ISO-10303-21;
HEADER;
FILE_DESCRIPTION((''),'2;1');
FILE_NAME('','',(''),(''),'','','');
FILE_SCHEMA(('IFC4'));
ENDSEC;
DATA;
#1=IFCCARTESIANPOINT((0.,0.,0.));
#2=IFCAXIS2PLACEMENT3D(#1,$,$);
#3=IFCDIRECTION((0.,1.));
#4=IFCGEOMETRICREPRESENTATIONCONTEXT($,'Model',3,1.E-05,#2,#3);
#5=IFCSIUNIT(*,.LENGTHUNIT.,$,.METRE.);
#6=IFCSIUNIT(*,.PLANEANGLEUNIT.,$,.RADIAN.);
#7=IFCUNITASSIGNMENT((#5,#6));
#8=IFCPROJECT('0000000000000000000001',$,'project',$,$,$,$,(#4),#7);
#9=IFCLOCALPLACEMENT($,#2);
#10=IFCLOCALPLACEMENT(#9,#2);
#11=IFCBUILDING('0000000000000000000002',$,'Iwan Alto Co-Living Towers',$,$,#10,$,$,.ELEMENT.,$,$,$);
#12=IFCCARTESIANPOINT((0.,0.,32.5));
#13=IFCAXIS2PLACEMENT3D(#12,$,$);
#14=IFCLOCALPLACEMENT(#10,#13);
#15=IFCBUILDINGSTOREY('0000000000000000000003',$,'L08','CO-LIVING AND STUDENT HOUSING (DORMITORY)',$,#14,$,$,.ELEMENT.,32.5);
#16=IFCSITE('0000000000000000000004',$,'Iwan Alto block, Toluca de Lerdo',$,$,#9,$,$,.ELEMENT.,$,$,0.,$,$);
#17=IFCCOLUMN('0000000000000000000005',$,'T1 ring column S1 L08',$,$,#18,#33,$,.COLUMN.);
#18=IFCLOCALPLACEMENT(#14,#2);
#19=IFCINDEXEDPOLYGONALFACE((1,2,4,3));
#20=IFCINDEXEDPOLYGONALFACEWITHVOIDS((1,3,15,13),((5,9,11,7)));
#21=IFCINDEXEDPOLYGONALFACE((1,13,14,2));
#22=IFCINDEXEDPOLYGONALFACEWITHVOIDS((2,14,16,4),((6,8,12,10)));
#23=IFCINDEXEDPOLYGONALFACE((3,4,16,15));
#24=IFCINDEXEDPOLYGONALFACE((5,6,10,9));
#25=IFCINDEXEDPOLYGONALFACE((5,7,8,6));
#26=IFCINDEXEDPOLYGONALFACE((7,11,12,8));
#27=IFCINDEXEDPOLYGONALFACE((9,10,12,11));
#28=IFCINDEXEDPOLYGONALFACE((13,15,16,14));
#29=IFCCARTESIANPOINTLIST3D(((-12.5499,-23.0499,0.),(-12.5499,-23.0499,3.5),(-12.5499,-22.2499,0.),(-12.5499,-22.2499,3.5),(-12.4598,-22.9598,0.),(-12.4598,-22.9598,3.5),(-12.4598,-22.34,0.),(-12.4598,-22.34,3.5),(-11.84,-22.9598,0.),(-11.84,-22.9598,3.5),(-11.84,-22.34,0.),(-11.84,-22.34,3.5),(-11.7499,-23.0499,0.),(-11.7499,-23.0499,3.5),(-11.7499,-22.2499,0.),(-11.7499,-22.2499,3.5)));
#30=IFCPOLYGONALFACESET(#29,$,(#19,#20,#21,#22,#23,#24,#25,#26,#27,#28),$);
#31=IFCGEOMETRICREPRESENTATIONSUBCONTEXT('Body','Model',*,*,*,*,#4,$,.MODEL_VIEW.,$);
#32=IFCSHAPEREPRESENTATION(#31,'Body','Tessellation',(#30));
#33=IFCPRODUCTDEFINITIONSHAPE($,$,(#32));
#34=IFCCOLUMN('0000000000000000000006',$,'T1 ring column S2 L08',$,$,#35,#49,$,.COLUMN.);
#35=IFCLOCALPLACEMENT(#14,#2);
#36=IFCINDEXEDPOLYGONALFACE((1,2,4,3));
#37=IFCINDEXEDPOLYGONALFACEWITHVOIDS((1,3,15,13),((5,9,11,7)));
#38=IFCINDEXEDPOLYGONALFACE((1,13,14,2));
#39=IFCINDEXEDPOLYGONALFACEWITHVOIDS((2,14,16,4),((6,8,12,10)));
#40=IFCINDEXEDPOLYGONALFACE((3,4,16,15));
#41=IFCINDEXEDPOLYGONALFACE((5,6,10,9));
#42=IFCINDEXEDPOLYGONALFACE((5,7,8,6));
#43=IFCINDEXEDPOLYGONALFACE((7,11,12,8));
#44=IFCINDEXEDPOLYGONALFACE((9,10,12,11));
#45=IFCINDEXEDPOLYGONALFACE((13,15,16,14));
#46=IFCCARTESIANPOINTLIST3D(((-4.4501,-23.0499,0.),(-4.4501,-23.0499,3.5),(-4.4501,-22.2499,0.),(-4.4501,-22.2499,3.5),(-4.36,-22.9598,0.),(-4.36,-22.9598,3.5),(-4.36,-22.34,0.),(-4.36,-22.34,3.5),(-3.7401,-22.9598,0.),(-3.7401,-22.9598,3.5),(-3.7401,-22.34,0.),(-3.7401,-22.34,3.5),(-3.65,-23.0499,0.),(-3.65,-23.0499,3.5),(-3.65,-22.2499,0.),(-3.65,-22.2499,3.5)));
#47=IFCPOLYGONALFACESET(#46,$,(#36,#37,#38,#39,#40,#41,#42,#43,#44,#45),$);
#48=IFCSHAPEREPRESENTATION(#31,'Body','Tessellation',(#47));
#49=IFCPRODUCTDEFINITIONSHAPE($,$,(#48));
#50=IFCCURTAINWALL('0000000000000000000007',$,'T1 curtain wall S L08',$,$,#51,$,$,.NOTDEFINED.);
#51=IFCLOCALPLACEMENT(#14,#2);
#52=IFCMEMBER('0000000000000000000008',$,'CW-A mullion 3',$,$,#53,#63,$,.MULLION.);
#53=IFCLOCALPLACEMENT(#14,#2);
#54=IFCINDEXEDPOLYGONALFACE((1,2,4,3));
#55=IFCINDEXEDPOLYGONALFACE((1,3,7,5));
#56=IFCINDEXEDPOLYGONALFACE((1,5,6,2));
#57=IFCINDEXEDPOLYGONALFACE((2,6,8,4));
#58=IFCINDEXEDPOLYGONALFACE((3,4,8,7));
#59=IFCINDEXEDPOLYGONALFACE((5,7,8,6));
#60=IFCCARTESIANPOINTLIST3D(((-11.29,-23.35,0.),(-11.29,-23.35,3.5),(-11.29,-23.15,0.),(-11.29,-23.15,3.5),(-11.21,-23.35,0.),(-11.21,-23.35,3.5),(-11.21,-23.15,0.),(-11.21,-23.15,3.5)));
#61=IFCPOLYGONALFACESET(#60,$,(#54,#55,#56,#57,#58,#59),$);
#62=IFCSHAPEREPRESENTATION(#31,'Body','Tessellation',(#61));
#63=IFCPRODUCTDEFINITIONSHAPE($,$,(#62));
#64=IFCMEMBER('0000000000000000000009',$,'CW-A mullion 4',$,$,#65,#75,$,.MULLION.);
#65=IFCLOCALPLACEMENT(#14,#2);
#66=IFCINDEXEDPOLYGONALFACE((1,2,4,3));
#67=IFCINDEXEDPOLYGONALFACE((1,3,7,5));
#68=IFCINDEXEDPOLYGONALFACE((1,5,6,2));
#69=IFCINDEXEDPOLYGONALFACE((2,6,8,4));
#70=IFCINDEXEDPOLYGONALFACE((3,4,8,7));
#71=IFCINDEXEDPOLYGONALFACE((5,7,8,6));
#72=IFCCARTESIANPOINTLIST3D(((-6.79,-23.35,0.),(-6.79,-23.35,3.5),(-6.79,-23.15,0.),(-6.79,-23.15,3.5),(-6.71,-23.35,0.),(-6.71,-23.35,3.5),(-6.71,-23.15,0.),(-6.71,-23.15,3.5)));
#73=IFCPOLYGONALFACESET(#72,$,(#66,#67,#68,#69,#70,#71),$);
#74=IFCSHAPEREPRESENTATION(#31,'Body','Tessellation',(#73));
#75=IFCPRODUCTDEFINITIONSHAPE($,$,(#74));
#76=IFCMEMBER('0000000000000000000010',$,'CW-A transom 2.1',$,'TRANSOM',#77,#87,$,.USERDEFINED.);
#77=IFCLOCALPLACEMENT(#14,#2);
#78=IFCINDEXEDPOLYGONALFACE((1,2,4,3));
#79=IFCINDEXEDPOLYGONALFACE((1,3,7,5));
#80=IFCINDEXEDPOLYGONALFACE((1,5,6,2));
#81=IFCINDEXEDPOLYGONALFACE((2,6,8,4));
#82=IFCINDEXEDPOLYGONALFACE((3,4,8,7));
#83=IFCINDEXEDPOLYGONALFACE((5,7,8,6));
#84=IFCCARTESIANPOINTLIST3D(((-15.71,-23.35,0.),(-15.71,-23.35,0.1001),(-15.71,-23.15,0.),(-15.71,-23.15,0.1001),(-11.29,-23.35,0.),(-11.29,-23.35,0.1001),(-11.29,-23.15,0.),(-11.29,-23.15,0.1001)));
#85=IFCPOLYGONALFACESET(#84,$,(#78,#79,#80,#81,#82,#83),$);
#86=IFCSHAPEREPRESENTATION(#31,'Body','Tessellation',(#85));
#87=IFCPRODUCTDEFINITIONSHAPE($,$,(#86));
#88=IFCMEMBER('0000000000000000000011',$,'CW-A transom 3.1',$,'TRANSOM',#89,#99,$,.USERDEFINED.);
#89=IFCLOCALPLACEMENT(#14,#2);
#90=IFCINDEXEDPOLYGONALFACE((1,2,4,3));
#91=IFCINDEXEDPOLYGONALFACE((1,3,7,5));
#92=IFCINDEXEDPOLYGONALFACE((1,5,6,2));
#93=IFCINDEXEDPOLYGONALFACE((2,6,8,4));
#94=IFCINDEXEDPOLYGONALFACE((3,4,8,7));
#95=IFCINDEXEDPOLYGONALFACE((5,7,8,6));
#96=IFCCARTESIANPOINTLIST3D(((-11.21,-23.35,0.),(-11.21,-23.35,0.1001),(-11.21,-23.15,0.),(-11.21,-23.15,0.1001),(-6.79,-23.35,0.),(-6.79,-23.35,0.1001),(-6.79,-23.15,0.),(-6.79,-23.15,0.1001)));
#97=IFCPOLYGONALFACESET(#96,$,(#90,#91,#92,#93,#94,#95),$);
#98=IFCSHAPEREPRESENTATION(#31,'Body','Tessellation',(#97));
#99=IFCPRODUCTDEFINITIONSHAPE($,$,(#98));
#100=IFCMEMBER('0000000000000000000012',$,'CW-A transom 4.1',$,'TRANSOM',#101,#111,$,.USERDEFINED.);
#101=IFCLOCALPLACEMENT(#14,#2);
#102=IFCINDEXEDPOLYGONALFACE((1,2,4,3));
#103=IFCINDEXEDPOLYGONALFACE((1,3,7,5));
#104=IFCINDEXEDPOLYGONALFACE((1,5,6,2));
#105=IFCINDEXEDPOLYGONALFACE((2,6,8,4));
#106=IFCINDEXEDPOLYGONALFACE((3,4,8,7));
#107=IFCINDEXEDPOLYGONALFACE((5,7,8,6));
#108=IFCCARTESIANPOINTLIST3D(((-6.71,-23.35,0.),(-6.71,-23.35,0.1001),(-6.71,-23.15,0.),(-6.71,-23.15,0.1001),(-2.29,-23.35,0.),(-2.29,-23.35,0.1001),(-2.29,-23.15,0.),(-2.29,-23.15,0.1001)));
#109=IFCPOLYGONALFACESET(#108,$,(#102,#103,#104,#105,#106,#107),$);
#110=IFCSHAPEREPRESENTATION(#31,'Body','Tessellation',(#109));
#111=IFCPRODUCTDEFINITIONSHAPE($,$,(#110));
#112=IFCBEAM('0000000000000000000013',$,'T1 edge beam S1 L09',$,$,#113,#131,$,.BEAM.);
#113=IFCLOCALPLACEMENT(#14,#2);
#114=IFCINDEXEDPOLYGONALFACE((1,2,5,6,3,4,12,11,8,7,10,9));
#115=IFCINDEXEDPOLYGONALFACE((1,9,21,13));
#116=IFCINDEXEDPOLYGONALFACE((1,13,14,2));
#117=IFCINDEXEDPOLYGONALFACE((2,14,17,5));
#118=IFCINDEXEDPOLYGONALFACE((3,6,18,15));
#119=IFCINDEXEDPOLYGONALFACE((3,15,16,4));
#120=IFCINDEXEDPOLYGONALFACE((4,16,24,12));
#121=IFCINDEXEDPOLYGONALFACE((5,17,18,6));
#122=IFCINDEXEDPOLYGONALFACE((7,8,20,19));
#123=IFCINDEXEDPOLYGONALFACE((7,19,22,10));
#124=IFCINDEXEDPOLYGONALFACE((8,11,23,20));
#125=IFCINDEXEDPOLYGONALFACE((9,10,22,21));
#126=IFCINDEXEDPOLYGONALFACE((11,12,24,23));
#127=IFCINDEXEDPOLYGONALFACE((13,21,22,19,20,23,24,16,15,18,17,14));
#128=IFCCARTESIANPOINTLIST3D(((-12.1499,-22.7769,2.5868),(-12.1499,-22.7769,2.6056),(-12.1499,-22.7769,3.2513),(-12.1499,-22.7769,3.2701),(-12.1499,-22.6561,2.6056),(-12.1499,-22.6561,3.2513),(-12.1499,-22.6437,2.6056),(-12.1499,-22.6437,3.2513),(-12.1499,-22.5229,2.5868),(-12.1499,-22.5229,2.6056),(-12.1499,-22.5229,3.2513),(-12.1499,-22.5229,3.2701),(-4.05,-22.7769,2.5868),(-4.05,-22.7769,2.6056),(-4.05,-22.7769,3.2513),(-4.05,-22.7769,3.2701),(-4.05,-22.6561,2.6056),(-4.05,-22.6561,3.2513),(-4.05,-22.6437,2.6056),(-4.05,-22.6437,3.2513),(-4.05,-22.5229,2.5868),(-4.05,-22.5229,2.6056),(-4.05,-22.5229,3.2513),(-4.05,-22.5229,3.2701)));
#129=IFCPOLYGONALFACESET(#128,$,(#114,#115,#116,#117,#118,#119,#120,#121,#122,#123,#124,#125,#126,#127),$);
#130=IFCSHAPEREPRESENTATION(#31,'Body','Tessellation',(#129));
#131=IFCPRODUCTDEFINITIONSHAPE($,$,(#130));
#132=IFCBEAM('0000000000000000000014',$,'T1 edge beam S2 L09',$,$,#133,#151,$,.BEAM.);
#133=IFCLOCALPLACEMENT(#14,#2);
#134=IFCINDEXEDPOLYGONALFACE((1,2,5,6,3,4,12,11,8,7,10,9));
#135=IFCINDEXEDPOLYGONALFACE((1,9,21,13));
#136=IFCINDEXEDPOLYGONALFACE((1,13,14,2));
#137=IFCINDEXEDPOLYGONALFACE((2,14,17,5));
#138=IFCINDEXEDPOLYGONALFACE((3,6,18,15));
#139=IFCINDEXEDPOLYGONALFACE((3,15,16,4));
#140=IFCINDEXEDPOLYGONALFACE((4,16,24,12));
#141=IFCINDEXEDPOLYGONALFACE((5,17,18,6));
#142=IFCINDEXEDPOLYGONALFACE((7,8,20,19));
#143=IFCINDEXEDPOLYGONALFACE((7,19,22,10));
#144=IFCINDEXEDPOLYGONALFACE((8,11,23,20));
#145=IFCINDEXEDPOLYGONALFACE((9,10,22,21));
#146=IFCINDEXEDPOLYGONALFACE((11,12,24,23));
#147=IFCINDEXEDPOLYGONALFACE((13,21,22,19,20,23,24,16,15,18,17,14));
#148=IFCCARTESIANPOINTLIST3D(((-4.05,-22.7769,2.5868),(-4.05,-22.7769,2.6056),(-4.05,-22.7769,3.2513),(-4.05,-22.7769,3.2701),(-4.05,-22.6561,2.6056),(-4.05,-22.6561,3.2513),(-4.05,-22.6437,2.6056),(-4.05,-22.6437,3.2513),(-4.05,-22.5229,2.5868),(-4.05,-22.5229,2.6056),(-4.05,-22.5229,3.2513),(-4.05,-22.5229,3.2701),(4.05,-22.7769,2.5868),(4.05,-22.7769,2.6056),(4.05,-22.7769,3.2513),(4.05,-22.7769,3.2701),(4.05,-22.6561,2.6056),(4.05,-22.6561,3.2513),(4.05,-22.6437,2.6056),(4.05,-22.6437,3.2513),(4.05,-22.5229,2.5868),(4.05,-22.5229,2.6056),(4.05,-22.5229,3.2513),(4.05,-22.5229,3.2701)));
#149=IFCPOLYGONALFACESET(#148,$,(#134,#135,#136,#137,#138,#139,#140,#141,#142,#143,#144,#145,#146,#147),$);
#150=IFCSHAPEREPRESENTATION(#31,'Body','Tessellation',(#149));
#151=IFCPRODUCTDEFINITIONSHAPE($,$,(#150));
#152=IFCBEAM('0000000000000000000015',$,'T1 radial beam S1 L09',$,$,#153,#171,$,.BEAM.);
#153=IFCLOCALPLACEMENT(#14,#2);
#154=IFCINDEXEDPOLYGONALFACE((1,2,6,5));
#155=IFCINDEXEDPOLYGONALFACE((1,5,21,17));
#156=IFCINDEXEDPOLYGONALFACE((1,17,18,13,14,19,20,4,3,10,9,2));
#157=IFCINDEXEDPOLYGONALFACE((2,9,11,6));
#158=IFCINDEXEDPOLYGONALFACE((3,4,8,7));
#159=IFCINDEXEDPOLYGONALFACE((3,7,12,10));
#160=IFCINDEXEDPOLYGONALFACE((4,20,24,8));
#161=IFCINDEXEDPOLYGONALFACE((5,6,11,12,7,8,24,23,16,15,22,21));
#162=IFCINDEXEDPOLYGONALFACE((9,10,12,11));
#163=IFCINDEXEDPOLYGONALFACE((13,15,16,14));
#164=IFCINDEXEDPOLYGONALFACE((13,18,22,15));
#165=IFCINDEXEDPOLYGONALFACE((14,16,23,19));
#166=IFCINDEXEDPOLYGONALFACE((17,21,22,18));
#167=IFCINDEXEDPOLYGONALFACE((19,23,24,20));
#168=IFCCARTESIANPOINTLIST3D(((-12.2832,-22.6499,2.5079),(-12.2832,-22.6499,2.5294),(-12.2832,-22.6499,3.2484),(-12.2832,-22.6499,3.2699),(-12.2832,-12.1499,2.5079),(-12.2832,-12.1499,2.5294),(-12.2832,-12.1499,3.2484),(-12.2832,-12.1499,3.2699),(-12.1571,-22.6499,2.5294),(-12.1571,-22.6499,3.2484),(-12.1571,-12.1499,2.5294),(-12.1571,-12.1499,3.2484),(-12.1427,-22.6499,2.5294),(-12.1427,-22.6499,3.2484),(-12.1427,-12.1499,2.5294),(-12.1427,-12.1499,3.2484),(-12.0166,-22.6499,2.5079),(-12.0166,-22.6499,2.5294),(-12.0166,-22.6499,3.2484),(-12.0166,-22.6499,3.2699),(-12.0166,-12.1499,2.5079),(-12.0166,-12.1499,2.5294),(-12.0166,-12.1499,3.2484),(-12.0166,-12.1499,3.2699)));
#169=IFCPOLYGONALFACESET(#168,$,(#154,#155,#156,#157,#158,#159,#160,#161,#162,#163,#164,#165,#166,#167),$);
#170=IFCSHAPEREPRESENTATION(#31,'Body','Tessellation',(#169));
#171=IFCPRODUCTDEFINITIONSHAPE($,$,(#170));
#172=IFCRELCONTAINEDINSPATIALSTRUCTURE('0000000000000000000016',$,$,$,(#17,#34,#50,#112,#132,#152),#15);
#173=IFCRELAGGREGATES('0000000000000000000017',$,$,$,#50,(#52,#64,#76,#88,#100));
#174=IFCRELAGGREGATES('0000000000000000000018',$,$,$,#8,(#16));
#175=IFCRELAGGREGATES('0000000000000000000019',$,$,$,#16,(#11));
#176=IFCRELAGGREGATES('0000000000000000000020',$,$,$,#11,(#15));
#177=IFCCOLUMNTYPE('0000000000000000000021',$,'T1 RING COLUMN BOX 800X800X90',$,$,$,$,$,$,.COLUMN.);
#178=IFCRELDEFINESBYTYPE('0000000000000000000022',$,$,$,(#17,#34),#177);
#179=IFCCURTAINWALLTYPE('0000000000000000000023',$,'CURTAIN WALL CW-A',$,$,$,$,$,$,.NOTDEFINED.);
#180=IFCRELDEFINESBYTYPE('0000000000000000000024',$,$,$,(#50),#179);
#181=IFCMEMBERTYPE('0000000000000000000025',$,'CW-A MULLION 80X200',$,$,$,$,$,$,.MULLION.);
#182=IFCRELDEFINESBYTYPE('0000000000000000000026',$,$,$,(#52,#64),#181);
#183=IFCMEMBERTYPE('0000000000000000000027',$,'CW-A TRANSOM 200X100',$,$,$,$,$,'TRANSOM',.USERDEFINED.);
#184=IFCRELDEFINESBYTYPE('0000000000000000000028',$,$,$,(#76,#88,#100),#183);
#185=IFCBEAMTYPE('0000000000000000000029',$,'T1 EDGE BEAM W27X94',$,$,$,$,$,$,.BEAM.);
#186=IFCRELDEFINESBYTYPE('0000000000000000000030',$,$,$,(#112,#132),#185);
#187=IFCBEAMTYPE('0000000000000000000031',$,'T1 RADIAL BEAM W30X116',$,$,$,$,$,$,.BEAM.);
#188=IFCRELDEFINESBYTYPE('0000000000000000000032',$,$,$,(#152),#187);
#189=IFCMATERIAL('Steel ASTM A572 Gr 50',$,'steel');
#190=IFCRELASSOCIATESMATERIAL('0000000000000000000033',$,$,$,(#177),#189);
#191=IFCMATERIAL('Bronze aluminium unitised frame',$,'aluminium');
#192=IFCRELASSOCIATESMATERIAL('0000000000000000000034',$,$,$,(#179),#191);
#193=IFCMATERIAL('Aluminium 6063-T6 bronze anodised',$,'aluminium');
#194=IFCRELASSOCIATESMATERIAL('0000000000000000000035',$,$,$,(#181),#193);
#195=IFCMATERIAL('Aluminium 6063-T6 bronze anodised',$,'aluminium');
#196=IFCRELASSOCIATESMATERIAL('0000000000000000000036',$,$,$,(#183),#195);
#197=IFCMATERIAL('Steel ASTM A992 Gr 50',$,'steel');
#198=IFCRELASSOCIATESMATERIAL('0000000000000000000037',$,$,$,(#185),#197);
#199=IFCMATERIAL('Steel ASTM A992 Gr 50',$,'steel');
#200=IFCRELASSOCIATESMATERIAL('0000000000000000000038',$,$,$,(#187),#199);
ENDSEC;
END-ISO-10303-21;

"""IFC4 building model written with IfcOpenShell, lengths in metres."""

from ifc_helpers import new_model, si_unit, direction, frame, origin, origin_2d, place, context, subcontext, project, spatial, rectangle, hollow_rectangle, i_section, extrude, material, material_profile, profile_set, type_object, element, aggregate, save


model = new_model("IFC4")

# Units and contexts
model_context = context("Model", 3, precision=1e-05, world=origin(), true_north=direction((0.0, 1.0)))
body_context = subcontext(model_context, "Body", "Model", "MODEL_VIEW")
ifc_project = project(units=[si_unit("LENGTHUNIT", "METRE"), si_unit("PLANEANGLEUNIT", "RADIAN")], contexts=[model_context])

# Site, building, storey
site_placement = place(None, origin())
site = spatial("IfcSite", under=ifc_project, at=site_placement, Name="Iwan Alto block, Toluca de Lerdo", CompositionType="ELEMENT", RefElevation=0.0)
building_placement = place(site_placement, origin())
building = spatial("IfcBuilding", under=site, at=building_placement, Name="Iwan Alto Co-Living Towers", CompositionType="ELEMENT")
storey_placement = place(building_placement, frame((0.0, 0.0, 32.5)))
storey = spatial("IfcBuildingStorey", under=building, at=storey_placement, Name="L08", Description="CO-LIVING AND STUDENT HOUSING (DORMITORY)", CompositionType="ELEMENT", Elevation=32.5)

# Columns
ifc_material_1 = material(Name="Steel ASTM A572 Gr 50", Category="steel")
ifc_material_profile_1 = material_profile(ifc_material_1, hollow_rectangle(XDim=0.8, YDim=0.8, WallThickness=0.0901, at=origin_2d()), Name="BOX 800X800X90")
ifc_profile_set_1 = profile_set([ifc_material_profile_1], Name="Steel ASTM A572 Gr 50")
column_type = type_object("IfcColumnType", Name="T1 RING COLUMN BOX 800X800X90", PredefinedType="COLUMN", material=ifc_profile_set_1)
for number, where, z_axis, x_axis, name in (
    (1, (-12.1499, -22.6499, 0.0), (0.0, 0.0, 1.0), (1.0, 0.0, 0.0), "T1 ring column S1 L08"),
    (2, (-4.05, -22.6499, 0.0), (0.0, 0.0, 1.0), (1.0, 0.0, 0.0), "T1 ring column S2 L08"),
):
    element("IfcColumn", number, at=place(storey_placement, frame(where, z_axis=z_axis, x_axis=x_axis)), inside=storey, type_object=column_type, Name=name, PredefinedType="COLUMN", context=body_context, shape_type="SweptSolid", body=[
        extrude(hollow_rectangle(XDim=0.8, YDim=0.8, WallThickness=0.0901, at=origin_2d()), origin(), (0.0, 0.0, 1.0), 3.5),
    ])

# Curtain wall, members
ifc_material_2 = material(Name="Bronze aluminium unitised frame", Category="aluminium")
curtain_wall_type = type_object("IfcCurtainWallType", Name="CURTAIN WALL CW-A", PredefinedType="NOTDEFINED", material=ifc_material_2)
curtain_wall_placement = place(storey_placement, origin())
curtain_wall = element("IfcCurtainWall", 3, at=curtain_wall_placement, inside=storey, type_object=curtain_wall_type, Name="T1 curtain wall S L08", PredefinedType="NOTDEFINED")
ifc_material_3 = material(Name="Aluminium 6063-T6 bronze anodised", Category="aluminium")
ifc_material_profile_2 = material_profile(ifc_material_3, rectangle(XDim=0.2, YDim=0.0801, at=origin_2d()), Name="AL 80X200")
ifc_profile_set_2 = profile_set([ifc_material_profile_2], Name="Aluminium 6063-T6 bronze anodised")
member_type_1 = type_object("IfcMemberType", Name="CW-A MULLION 80X200", PredefinedType="MULLION", material=ifc_profile_set_2)
member_1_placement = place(storey_placement, frame((-11.25, -23.25, 0.0), z_axis=(0.0, 0.0, 1.0), x_axis=(0.0, 1.0, 0.0)))
member_1 = element("IfcMember", 4, at=member_1_placement, type_object=member_type_1, Name="CW-A mullion 3", PredefinedType="MULLION", context=body_context, shape_type="SweptSolid", body=[
    extrude(rectangle(XDim=0.2, YDim=0.0801, at=origin_2d()), origin(), (0.0, 0.0, 1.0), 3.5),
])
member_2_placement = place(storey_placement, frame((-6.75, -23.25, 0.0), z_axis=(0.0, 0.0, 1.0), x_axis=(0.0, 1.0, 0.0)))
member_2 = element("IfcMember", 5, at=member_2_placement, type_object=member_type_1, Name="CW-A mullion 4", PredefinedType="MULLION", context=body_context, shape_type="SweptSolid", body=[
    extrude(rectangle(XDim=0.2, YDim=0.0801, at=origin_2d()), origin(), (0.0, 0.0, 1.0), 3.5),
])
ifc_material_4 = material(Name="Aluminium 6063-T6 bronze anodised", Category="aluminium")
ifc_material_profile_3 = material_profile(ifc_material_4, rectangle(XDim=0.2, YDim=0.1001, at=origin_2d()), Name="AL 200X100")
ifc_profile_set_3 = profile_set([ifc_material_profile_3], Name="Aluminium 6063-T6 bronze anodised")
member_type_2 = type_object("IfcMemberType", Name="CW-A TRANSOM 200X100", ElementType="TRANSOM", PredefinedType="USERDEFINED", material=ifc_profile_set_3)
member_3_placement = place(storey_placement, frame((-15.71, -23.25, 0.05), z_axis=(1.0, 0.0, 0.0), x_axis=(0.0, 1.0, 0.0)))
member_3 = element("IfcMember", 6, at=member_3_placement, type_object=member_type_2, Name="CW-A transom 2.1", ObjectType="TRANSOM", PredefinedType="USERDEFINED", context=body_context, shape_type="SweptSolid", body=[
    extrude(rectangle(XDim=0.2, YDim=0.1001, at=origin_2d()), origin(), (0.0, 0.0, 1.0), 4.4199),
])
member_4_placement = place(storey_placement, frame((-11.21, -23.25, 0.05), z_axis=(1.0, 0.0, 0.0), x_axis=(0.0, 1.0, 0.0)))
member_4 = element("IfcMember", 7, at=member_4_placement, type_object=member_type_2, Name="CW-A transom 3.1", ObjectType="TRANSOM", PredefinedType="USERDEFINED", context=body_context, shape_type="SweptSolid", body=[
    extrude(rectangle(XDim=0.2, YDim=0.1001, at=origin_2d()), origin(), (0.0, 0.0, 1.0), 4.4199),
])
member_5_placement = place(storey_placement, frame((-6.71, -23.25, 0.05), z_axis=(1.0, 0.0, 0.0), x_axis=(0.0, 1.0, 0.0)))
member_5 = element("IfcMember", 8, at=member_5_placement, type_object=member_type_2, Name="CW-A transom 4.1", ObjectType="TRANSOM", PredefinedType="USERDEFINED", context=body_context, shape_type="SweptSolid", body=[
    extrude(rectangle(XDim=0.2, YDim=0.1001, at=origin_2d()), origin(), (0.0, 0.0, 1.0), 4.4199),
])

# Beams
ifc_material_5 = material(Name="Steel ASTM A992 Gr 50", Category="steel")
ifc_material_profile_4 = material_profile(ifc_material_5, i_section(OverallWidth=0.2539, OverallDepth=0.6833, WebThickness=0.0125, FlangeThickness=0.0188, at=origin_2d()), Name="W27X94")
ifc_profile_set_4 = profile_set([ifc_material_profile_4], Name="Steel ASTM A992 Gr 50")
beam_type_1 = type_object("IfcBeamType", Name="T1 EDGE BEAM W27X94", PredefinedType="BEAM", material=ifc_profile_set_4)
beam_1_placement = place(storey_placement, frame((-12.1499, -22.6499, 2.9285), z_axis=(1.0, 0.0, 0.0), x_axis=(0.0, 1.0, 0.0)))
element("IfcBeam", 9, at=beam_1_placement, inside=storey, type_object=beam_type_1, Name="T1 edge beam S1 L09", PredefinedType="BEAM", context=body_context, shape_type="SweptSolid", body=[
    extrude(i_section(OverallWidth=0.2539, OverallDepth=0.6833, WebThickness=0.0125, FlangeThickness=0.0188, at=origin_2d()), origin(), (0.0, 0.0, 1.0), 8.0999),
])
beam_2_placement = place(storey_placement, frame((-4.05, -22.6499, 2.9285), z_axis=(1.0, 0.0, 0.0), x_axis=(0.0, 1.0, 0.0)))
element("IfcBeam", 10, at=beam_2_placement, inside=storey, type_object=beam_type_1, Name="T1 edge beam S2 L09", PredefinedType="BEAM", context=body_context, shape_type="SweptSolid", body=[
    extrude(i_section(OverallWidth=0.2539, OverallDepth=0.6833, WebThickness=0.0125, FlangeThickness=0.0188, at=origin_2d()), origin(), (0.0, 0.0, 1.0), 8.1001),
])
ifc_material_6 = material(Name="Steel ASTM A992 Gr 50", Category="steel")
ifc_material_profile_5 = material_profile(ifc_material_6, i_section(OverallWidth=0.2666, OverallDepth=0.762, WebThickness=0.0144, FlangeThickness=0.0215, at=origin_2d()), Name="W30X116")
ifc_profile_set_5 = profile_set([ifc_material_profile_5], Name="Steel ASTM A992 Gr 50")
beam_type_2 = type_object("IfcBeamType", Name="T1 RADIAL BEAM W30X116", PredefinedType="BEAM", material=ifc_profile_set_5)
beam_3_placement = place(storey_placement, frame((-12.1499, -22.6499, 2.8889), z_axis=(0.0, 1.0, 0.0), x_axis=(-1.0, 0.0, 0.0)))
element("IfcBeam", 11, at=beam_3_placement, inside=storey, type_object=beam_type_2, Name="T1 radial beam S1 L09", PredefinedType="BEAM", context=body_context, shape_type="SweptSolid", body=[
    extrude(i_section(OverallWidth=0.2666, OverallDepth=0.762, WebThickness=0.0144, FlangeThickness=0.0215, at=origin_2d()), origin(), (0.0, 0.0, 1.0), 10.5),
])

aggregate(curtain_wall, [member_1, member_2, member_3, member_4, member_5])

save(model, "model.ifc")
